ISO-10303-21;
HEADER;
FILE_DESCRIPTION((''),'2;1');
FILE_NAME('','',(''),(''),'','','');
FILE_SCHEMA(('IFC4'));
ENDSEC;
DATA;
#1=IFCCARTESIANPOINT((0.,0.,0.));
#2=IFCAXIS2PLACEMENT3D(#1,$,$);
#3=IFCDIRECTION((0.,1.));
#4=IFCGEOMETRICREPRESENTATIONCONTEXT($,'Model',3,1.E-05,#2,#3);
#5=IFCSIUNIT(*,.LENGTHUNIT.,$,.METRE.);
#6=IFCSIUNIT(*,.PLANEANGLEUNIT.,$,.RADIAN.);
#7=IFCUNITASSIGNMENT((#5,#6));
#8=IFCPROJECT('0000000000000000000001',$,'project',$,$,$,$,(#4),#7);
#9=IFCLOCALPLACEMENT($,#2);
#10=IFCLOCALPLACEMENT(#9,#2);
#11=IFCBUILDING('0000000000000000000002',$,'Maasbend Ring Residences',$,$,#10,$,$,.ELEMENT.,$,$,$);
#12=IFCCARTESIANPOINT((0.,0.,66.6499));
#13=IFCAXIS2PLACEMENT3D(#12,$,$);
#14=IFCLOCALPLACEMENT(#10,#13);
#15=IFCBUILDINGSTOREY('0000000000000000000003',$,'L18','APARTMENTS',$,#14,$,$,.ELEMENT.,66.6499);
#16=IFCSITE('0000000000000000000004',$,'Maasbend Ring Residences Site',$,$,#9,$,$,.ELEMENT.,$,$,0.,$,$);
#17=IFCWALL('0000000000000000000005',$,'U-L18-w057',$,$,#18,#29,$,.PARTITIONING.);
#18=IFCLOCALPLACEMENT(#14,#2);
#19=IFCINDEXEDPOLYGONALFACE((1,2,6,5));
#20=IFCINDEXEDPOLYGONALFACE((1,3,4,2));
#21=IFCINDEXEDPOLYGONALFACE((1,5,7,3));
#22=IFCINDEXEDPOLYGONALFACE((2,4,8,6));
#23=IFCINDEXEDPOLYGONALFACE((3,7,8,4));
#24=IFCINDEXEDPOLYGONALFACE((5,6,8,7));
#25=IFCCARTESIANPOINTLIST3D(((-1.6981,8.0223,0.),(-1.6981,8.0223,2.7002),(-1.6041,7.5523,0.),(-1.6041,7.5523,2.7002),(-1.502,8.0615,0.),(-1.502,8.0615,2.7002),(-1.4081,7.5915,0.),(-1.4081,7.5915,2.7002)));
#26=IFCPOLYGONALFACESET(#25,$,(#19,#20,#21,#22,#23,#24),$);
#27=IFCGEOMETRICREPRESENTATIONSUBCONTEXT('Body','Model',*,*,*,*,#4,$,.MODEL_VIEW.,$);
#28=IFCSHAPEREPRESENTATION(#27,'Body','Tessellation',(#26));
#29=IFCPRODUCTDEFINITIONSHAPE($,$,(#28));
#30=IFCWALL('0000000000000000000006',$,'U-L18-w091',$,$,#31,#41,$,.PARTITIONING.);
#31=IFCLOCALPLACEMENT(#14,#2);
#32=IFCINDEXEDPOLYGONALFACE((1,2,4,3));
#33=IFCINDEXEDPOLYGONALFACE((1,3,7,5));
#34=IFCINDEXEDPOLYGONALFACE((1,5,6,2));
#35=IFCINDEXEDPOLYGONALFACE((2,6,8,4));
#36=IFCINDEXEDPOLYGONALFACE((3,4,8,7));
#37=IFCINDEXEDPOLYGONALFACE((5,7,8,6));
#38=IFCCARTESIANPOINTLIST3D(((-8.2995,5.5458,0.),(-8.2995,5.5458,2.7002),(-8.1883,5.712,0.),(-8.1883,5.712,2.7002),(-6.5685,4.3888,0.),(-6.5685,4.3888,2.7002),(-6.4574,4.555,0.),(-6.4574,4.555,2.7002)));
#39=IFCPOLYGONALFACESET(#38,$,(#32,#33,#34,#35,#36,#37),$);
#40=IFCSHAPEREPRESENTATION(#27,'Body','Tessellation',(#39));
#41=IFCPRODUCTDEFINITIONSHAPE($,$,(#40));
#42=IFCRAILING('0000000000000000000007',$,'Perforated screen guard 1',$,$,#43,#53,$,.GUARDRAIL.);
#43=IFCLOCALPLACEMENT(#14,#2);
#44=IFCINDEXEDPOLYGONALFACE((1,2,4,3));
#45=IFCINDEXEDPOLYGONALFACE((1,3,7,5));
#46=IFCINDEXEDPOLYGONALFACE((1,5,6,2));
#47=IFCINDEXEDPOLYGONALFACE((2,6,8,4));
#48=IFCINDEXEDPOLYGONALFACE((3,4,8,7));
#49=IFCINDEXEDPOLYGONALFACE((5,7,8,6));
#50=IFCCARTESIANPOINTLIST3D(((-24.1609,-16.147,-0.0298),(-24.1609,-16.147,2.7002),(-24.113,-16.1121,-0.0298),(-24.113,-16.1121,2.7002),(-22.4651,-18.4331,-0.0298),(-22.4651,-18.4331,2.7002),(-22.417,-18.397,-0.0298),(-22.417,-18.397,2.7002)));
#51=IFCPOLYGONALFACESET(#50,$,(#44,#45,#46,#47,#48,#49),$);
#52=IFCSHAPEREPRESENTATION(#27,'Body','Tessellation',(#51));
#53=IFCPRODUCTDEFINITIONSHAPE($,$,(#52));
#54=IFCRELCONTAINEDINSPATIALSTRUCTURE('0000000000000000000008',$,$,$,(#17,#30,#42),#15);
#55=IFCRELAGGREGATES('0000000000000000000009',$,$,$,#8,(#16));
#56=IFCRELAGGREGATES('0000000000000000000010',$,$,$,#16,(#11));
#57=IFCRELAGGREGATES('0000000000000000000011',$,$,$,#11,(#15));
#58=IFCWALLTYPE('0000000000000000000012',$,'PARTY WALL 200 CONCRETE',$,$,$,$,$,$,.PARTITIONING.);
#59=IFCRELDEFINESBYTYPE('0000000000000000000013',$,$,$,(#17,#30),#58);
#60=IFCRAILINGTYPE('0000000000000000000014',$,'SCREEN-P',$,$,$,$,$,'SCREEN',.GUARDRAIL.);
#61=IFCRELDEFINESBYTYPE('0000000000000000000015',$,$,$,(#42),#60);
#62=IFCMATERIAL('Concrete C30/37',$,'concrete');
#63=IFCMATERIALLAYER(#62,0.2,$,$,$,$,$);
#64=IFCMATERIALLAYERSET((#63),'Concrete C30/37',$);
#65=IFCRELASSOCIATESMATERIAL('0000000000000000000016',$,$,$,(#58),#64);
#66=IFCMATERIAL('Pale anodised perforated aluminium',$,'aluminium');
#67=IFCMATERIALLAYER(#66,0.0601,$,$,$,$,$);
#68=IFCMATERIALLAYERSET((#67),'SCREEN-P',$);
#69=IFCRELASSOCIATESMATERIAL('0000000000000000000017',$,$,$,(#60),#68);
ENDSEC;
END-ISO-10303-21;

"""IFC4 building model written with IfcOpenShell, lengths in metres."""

from ifc_helpers import new_model, si_unit, direction, frame, frame_2d, origin, place, context, subcontext, project, spatial, polyline, rectangle, outline, extrude, material, layer, layer_set, type_object, element, save


model = new_model("IFC4")

# Units and contexts
model_context = context("Model", 3, precision=1e-05, world=origin(), true_north=direction((0.0, 1.0)))
body_context = subcontext(model_context, "Body", "Model", "MODEL_VIEW")
ifc_project = project(units=[si_unit("LENGTHUNIT", "METRE"), si_unit("PLANEANGLEUNIT", "RADIAN")], contexts=[model_context])

# Site, building, storey
site_placement = place(None, origin())
site = spatial("IfcSite", under=ifc_project, at=site_placement, Name="Maasbend Ring Residences Site", CompositionType="ELEMENT", RefElevation=0.0)
building_placement = place(site_placement, origin())
building = spatial("IfcBuilding", under=site, at=building_placement, Name="Maasbend Ring Residences", CompositionType="ELEMENT")
storey_placement = place(building_placement, frame((0.0, 0.0, 66.6499)))
storey = spatial("IfcBuildingStorey", under=building, at=storey_placement, Name="L18", Description="APARTMENTS", CompositionType="ELEMENT", Elevation=66.6499)

# Walls
ifc_material_1 = material(Name="Concrete C30/37", Category="concrete")
ifc_layer_1 = layer(ifc_material_1, 0.2)
ifc_layer_set_1 = layer_set([ifc_layer_1], Name="Concrete C30/37")
wall_type_1 = type_object("IfcWallType", Name="PARTY WALL 200 CONCRETE", PredefinedType="PARTITIONING", material=ifc_layer_set_1)
wall_1_placement = place(storey_placement, frame((-1.6001, 8.042, 0.0), z_axis=(0.0, 0.0, 1.0), x_axis=(0.196116, -0.980581, 0.0)))
element("IfcWall", 1, at=wall_1_placement, inside=storey, type_object=wall_type_1, Name="U-L18-w057", PredefinedType="PARTITIONING", context=body_context, shape_type="SweptSolid", body=[
    extrude(rectangle(XDim=0.4792, YDim=0.2, at=frame_2d((0.2397, 0.0))), origin(), (0.0, 0.0, 1.0), 2.7002),
])
wall_2_placement = place(storey_placement, frame((-6.5129, 4.4719, 0.0), z_axis=(0.0, 0.0, 1.0), x_axis=(-0.831382, 0.555701, 0.0)))
element("IfcWall", 2, at=wall_2_placement, inside=storey, type_object=wall_type_1, Name="U-L18-w091", PredefinedType="PARTITIONING", context=body_context, shape_type="SweptSolid", body=[
    extrude(rectangle(XDim=2.082, YDim=0.2, at=frame_2d((1.041, 0.0))), origin(), (0.0, 0.0, 1.0), 2.7002),
])

# Railing
ifc_material_2 = material(Name="Pale anodised perforated aluminium", Category="aluminium")
ifc_layer_2 = layer(ifc_material_2, 0.0601)
ifc_layer_set_2 = layer_set([ifc_layer_2], Name="SCREEN-P")
railing_type = type_object("IfcRailingType", Name="SCREEN-P", ElementType="SCREEN", PredefinedType="GUARDRAIL", material=ifc_layer_set_2)
railing_placement = place(storey_placement, frame((0.0, 0.0, -0.0298)))
element("IfcRailing", 3, at=railing_placement, inside=storey, type_object=railing_type, Name="Perforated screen guard 1", PredefinedType="GUARDRAIL", context=body_context, shape_type="SweptSolid", body=[
    extrude(outline(polyline([(-24.113, -16.1121), (-22.417, -18.397), (-22.4651, -18.4331), (-24.1609, -16.147), (-24.113, -16.1121)])), origin(), (0.0, 0.0, 1.0), 2.73),
])

save(model, "model.ifc")
